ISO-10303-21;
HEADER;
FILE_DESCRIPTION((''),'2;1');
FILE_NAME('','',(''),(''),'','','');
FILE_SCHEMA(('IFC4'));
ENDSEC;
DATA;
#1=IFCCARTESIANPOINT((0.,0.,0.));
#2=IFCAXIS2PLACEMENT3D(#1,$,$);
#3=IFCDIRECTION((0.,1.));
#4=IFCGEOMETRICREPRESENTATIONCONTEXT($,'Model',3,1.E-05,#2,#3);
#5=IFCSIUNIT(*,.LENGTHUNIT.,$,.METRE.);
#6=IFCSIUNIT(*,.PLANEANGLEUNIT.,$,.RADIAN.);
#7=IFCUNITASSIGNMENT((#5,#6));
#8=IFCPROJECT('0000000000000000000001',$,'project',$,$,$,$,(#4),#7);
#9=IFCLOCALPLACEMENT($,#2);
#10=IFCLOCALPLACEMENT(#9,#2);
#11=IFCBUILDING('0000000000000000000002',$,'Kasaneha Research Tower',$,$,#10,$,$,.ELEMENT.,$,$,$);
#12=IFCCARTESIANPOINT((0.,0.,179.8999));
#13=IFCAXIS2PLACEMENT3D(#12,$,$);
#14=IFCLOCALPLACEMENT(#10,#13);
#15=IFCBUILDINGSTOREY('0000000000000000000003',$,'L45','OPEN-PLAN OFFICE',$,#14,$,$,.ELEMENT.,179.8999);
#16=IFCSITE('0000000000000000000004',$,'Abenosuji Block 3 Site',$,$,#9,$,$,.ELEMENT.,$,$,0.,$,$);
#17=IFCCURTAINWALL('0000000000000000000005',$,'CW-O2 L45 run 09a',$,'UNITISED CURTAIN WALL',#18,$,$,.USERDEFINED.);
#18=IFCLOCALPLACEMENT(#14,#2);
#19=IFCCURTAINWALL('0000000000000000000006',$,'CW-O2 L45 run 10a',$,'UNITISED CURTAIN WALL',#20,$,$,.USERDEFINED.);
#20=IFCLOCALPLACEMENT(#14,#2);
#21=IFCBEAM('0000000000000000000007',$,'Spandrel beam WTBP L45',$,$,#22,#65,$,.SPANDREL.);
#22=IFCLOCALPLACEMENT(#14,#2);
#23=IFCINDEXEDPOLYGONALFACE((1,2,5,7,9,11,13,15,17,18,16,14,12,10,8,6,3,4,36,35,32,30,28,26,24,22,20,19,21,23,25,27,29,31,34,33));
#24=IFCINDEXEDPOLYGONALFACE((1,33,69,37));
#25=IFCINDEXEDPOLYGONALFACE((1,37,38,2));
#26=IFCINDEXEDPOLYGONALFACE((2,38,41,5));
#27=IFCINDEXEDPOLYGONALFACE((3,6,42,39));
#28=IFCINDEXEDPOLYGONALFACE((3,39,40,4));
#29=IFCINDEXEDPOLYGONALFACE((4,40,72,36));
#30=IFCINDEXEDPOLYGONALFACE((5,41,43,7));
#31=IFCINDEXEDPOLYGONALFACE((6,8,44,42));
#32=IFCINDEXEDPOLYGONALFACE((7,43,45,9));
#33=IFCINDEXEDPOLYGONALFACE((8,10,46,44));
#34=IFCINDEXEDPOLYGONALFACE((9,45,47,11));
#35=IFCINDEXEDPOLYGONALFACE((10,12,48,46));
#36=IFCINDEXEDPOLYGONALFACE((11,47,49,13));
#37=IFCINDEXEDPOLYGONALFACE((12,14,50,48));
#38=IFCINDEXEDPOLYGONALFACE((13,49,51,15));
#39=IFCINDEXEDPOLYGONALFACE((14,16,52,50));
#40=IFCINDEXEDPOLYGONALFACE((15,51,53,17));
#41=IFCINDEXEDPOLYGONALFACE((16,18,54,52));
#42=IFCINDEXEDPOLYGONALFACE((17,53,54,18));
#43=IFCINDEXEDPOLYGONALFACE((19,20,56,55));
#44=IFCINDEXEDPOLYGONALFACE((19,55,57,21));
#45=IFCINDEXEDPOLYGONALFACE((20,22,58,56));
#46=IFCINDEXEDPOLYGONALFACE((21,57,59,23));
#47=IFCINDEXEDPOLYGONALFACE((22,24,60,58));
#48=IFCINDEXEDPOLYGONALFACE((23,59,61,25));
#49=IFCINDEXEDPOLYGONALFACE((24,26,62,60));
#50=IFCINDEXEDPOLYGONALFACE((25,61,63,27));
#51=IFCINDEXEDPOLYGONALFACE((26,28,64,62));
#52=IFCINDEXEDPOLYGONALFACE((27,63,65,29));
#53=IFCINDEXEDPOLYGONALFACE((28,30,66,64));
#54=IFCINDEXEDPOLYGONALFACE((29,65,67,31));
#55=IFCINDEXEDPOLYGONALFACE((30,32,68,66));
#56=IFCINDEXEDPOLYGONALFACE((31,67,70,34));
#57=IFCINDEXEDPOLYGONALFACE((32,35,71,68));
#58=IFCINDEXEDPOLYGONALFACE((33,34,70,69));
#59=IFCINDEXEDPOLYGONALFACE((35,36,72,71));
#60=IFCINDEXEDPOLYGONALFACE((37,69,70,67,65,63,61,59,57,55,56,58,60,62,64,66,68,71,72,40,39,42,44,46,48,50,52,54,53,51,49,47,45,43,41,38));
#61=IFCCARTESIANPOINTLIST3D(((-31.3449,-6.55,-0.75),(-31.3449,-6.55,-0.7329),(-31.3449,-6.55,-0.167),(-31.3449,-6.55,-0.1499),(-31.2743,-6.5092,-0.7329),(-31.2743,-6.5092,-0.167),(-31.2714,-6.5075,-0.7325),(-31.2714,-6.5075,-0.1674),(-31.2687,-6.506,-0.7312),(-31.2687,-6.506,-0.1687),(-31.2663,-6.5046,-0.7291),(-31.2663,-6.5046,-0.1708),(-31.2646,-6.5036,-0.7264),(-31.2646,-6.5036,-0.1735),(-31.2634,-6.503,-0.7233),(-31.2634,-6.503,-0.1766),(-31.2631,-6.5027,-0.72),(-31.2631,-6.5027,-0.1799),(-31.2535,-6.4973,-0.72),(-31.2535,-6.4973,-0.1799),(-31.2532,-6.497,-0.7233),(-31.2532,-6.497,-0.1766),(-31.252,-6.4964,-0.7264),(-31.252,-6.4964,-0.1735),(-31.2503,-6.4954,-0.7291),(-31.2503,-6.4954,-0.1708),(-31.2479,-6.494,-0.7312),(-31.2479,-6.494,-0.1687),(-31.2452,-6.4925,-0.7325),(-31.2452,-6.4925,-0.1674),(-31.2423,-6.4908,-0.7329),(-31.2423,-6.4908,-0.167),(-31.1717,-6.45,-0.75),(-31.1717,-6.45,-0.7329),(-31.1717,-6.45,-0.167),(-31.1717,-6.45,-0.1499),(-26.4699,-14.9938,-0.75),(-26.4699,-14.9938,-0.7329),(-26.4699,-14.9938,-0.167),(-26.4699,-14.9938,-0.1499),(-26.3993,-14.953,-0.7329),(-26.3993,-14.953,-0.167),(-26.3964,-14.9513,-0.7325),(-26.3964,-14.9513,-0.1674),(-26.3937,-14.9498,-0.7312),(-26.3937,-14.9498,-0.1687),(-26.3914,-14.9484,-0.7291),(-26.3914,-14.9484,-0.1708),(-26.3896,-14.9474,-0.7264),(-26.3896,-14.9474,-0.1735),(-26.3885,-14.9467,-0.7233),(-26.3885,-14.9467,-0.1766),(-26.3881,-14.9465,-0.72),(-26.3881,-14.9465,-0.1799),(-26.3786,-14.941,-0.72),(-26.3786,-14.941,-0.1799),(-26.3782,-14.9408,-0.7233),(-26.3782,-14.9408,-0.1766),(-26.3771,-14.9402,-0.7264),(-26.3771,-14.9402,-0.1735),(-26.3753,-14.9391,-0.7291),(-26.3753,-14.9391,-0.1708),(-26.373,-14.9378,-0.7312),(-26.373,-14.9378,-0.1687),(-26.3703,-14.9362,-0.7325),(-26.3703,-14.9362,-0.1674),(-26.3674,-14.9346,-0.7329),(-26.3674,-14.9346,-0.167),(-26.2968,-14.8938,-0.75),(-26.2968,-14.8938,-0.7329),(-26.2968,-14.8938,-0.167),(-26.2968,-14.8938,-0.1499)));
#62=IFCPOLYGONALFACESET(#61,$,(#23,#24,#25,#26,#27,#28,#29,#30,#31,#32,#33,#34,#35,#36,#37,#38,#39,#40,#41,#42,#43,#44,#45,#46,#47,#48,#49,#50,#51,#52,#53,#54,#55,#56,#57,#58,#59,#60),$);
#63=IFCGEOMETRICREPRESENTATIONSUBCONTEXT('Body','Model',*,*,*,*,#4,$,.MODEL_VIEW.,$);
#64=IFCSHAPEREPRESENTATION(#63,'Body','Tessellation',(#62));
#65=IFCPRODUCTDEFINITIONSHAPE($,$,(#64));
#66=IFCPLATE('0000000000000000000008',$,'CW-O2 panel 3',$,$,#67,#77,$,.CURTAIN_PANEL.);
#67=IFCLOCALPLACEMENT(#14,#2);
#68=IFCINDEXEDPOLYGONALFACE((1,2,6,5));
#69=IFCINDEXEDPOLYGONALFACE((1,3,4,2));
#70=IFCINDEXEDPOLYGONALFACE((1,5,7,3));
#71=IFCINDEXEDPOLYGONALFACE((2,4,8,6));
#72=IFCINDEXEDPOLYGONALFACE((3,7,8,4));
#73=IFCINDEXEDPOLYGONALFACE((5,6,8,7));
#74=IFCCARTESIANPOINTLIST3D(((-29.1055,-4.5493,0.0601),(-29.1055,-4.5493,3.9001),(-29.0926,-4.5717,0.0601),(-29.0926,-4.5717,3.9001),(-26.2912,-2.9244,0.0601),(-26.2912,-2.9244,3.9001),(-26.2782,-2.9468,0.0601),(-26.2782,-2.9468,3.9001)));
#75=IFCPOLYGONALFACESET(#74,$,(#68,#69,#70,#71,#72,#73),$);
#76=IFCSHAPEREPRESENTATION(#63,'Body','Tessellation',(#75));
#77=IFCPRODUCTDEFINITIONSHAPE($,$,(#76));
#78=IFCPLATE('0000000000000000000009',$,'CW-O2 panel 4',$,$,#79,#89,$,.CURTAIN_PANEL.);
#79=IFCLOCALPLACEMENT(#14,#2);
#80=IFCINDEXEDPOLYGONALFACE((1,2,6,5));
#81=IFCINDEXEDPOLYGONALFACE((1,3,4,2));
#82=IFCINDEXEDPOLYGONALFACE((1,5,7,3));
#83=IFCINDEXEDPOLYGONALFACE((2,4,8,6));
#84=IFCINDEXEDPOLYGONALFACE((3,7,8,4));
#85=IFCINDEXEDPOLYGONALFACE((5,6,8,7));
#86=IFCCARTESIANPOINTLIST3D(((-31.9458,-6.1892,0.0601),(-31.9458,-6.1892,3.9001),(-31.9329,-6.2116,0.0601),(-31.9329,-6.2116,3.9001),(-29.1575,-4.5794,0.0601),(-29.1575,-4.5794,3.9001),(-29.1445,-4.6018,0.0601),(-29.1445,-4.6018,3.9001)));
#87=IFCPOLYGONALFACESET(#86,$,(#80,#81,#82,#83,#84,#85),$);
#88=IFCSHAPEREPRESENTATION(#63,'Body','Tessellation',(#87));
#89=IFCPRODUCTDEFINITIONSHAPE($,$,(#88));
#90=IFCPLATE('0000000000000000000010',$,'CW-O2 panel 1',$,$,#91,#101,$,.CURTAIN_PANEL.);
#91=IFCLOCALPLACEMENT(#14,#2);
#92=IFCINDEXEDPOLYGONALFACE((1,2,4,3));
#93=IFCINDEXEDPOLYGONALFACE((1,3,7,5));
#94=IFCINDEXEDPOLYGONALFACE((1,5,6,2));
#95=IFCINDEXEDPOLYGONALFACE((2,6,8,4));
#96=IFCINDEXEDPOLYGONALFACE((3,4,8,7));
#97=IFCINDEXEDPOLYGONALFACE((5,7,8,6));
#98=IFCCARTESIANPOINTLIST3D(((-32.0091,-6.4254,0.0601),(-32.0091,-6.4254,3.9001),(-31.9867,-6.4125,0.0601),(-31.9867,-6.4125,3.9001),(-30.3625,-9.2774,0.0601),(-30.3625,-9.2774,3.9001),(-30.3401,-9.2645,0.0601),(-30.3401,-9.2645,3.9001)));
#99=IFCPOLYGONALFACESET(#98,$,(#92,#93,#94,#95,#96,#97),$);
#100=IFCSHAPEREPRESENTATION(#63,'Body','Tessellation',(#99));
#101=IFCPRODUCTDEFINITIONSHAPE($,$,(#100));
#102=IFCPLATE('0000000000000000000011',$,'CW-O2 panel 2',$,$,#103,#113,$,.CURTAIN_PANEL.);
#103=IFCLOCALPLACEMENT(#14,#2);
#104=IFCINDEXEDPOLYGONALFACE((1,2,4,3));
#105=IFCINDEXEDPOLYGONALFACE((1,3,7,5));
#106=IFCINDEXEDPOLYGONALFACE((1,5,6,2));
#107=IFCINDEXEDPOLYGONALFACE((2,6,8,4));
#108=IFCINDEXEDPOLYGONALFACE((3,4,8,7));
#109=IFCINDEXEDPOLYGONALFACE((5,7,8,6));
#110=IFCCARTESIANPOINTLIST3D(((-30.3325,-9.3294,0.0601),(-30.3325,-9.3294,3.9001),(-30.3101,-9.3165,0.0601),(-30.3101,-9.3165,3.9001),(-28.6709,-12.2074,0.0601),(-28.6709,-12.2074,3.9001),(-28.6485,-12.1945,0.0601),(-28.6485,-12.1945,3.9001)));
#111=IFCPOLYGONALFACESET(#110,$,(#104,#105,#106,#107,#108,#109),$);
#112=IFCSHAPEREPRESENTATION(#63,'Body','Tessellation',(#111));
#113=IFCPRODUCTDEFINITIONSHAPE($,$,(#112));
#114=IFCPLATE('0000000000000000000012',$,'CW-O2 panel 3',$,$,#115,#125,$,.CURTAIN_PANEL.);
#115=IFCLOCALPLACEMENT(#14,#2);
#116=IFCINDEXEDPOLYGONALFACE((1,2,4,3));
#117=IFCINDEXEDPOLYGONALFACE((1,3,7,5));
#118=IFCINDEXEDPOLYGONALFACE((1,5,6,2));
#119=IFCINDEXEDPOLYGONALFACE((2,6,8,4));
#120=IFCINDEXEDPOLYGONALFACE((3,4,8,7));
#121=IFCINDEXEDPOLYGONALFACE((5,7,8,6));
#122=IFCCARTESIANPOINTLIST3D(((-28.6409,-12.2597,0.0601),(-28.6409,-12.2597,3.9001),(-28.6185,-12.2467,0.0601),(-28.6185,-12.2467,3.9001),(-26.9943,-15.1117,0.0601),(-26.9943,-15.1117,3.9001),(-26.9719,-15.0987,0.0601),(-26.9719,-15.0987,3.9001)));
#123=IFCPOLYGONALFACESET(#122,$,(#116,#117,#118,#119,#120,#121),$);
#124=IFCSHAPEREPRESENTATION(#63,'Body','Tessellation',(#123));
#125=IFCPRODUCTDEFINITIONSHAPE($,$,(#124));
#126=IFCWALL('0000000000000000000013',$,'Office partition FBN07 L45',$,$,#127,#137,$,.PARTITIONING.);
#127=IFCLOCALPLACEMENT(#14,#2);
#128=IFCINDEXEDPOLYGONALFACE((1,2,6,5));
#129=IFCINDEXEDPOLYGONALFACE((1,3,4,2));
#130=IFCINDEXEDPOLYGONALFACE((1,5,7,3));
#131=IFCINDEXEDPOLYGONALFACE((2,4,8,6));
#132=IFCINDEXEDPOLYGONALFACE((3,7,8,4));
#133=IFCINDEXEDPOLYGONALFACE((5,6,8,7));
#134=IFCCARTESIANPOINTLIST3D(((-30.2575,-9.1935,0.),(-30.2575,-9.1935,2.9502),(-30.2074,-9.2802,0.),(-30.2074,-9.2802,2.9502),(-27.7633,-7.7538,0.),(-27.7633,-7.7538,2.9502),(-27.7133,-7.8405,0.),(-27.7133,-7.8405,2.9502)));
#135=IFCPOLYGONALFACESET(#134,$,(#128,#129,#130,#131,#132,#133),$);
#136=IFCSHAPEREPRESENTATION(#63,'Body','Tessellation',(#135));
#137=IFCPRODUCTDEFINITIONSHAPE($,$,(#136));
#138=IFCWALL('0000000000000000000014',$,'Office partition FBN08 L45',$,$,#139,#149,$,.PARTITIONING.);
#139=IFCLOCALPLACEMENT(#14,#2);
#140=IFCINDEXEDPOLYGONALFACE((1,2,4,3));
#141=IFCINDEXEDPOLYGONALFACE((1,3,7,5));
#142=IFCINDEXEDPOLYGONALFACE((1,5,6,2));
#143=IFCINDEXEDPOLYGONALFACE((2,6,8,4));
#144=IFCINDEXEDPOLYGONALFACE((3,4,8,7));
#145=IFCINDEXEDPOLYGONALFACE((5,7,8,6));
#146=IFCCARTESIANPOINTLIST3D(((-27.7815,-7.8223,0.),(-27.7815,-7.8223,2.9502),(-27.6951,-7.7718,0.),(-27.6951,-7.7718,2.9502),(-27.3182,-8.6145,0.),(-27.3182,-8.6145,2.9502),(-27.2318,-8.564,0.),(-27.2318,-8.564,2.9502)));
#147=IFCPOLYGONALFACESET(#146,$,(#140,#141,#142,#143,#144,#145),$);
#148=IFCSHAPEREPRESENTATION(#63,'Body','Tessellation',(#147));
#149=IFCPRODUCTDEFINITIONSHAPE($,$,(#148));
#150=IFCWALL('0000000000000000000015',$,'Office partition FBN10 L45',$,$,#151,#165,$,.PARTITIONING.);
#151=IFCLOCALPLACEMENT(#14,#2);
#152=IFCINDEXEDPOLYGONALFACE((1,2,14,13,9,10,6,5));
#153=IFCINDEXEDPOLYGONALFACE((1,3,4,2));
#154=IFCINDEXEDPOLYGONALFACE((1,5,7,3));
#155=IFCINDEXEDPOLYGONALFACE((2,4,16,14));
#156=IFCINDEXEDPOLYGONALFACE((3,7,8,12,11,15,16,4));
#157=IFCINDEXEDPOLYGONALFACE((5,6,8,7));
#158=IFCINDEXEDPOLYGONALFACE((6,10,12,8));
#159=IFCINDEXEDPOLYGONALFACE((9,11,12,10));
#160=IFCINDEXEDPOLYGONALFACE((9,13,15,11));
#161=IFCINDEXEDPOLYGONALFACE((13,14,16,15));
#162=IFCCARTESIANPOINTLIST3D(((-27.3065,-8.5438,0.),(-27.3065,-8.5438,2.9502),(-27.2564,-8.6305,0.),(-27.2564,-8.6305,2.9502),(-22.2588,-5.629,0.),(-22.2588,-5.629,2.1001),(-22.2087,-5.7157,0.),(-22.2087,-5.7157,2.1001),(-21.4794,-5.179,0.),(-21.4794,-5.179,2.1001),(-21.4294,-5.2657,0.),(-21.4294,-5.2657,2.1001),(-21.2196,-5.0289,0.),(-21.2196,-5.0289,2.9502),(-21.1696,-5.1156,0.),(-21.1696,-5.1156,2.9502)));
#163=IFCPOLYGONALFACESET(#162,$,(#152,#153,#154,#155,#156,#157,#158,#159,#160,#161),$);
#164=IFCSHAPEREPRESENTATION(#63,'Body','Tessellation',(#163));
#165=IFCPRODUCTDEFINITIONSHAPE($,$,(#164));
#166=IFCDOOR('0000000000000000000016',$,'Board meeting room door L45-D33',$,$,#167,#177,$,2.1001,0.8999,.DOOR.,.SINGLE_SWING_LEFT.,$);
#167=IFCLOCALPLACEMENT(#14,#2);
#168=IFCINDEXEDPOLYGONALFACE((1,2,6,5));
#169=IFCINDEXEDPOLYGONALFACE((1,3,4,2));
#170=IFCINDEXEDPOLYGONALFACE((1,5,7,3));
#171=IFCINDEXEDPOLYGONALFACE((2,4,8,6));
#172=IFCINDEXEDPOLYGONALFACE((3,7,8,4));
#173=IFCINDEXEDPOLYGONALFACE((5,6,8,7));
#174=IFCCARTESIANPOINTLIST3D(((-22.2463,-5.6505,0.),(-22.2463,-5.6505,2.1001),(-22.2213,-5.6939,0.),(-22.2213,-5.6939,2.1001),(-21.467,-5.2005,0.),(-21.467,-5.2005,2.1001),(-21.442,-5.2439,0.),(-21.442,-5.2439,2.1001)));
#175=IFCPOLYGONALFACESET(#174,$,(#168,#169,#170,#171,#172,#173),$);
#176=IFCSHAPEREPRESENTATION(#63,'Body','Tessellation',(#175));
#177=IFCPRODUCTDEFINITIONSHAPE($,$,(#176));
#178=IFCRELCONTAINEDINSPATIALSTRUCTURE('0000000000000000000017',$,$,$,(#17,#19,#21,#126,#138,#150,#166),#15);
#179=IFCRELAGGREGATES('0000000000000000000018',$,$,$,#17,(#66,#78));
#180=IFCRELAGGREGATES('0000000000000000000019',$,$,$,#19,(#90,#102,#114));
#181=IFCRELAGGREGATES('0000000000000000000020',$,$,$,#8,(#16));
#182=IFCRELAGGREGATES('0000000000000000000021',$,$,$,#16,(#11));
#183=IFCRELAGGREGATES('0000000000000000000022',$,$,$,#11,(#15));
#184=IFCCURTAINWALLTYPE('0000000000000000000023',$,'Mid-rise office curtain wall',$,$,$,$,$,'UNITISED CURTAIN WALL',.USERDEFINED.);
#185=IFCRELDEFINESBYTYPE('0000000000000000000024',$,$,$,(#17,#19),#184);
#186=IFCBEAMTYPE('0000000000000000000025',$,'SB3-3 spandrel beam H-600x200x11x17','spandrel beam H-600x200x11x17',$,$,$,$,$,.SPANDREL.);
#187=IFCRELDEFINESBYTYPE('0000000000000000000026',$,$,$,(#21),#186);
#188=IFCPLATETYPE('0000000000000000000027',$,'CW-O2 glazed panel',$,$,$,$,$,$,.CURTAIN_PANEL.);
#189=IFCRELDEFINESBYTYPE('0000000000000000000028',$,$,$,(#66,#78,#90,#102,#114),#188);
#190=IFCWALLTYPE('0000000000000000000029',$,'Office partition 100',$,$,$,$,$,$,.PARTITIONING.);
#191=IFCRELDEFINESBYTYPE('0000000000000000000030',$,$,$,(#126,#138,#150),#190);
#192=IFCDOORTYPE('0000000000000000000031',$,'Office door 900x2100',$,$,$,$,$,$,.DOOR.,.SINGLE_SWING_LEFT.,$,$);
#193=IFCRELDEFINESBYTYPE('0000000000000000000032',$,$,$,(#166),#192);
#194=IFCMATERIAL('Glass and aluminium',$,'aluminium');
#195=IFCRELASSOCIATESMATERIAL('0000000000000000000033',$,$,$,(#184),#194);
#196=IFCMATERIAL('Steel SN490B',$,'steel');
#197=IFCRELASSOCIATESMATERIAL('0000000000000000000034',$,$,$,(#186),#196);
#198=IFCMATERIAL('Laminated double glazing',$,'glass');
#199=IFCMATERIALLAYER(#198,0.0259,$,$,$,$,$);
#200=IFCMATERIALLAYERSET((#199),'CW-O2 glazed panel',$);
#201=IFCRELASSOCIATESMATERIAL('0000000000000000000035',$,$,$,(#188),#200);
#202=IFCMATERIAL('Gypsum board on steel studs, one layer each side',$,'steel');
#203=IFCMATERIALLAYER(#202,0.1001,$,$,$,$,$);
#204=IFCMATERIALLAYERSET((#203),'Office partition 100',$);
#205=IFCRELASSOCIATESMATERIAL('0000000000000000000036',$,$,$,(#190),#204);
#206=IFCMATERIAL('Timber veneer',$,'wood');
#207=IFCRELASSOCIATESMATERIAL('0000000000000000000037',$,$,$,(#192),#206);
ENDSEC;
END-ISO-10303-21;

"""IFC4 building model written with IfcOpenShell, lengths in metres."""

from ifc_helpers import new_model, si_unit, direction, frame, frame_2d, origin, origin_2d, place, context, subcontext, project, spatial, rectangle, i_section, extrude, material, layer, layer_set, material_profile, profile_set, type_object, element, fill, aggregate, save


model = new_model("IFC4")

# Units and contexts
model_context = context("Model", 3, precision=1e-05, world=origin(), true_north=direction((0.0, 1.0)))
body_context = subcontext(model_context, "Body", "Model", "MODEL_VIEW")
ifc_project = project(units=[si_unit("LENGTHUNIT", "METRE"), si_unit("PLANEANGLEUNIT", "RADIAN")], contexts=[model_context])

# Site, building, storey
site_placement = place(None, origin())
site = spatial("IfcSite", under=ifc_project, at=site_placement, Name="Abenosuji Block 3 Site", CompositionType="ELEMENT", RefElevation=0.0)
building_placement = place(site_placement, origin())
building = spatial("IfcBuilding", under=site, at=building_placement, Name="Kasaneha Research Tower", CompositionType="ELEMENT")
storey_placement = place(building_placement, frame((0.0, 0.0, 179.8999)))
storey = spatial("IfcBuildingStorey", under=building, at=storey_placement, Name="L45", Description="OPEN-PLAN OFFICE", CompositionType="ELEMENT", Elevation=179.8999)

# Curtain walls
ifc_material_1 = material(Name="Glass and aluminium", Category="aluminium")
curtain_wall_type = type_object("IfcCurtainWallType", Name="Mid-rise office curtain wall", ElementType="UNITISED CURTAIN WALL", PredefinedType="USERDEFINED", material=ifc_material_1)
curtain_wall_1_placement = place(storey_placement, origin())
curtain_wall_1 = element("IfcCurtainWall", 1, at=curtain_wall_1_placement, inside=storey, type_object=curtain_wall_type, Name="CW-O2 L45 run 09a", ObjectType="UNITISED CURTAIN WALL", PredefinedType="USERDEFINED")
curtain_wall_2_placement = place(storey_placement, origin())
curtain_wall_2 = element("IfcCurtainWall", 2, at=curtain_wall_2_placement, inside=storey, type_object=curtain_wall_type, Name="CW-O2 L45 run 10a", ObjectType="UNITISED CURTAIN WALL", PredefinedType="USERDEFINED")

# Beam
ifc_material_2 = material(Name="Steel SN490B", Category="steel")
ifc_material_profile_1 = material_profile(ifc_material_2, i_section(OverallWidth=0.2, OverallDepth=0.6001, WebThickness=0.011, FlangeThickness=0.0171, FilletRadius=0.0129, at=origin_2d()), Name="H-600x200x11x17")
ifc_profile_set_1 = profile_set([ifc_material_profile_1], Name="Steel SN490B")
beam_type_1 = type_object("IfcBeamType", Name="SB3-3 spandrel beam H-600x200x11x17", Description="spandrel beam H-600x200x11x17", PredefinedType="SPANDREL", material=ifc_profile_set_1)
beam_1_placement = place(storey_placement, frame((-31.2583, -6.5, -0.45), z_axis=(0.499996, -0.866028, 0.0), x_axis=(0.866028, 0.499996, 0.0)))
element("IfcBeam", 3, at=beam_1_placement, inside=storey, type_object=beam_type_1, Name="Spandrel beam WTBP L45", PredefinedType="SPANDREL", context=body_context, shape_type="SweptSolid", body=[
    extrude(i_section(OverallWidth=0.2, OverallDepth=0.6001, WebThickness=0.011, FlangeThickness=0.0171, FilletRadius=0.0129, at=origin_2d()), origin(), (0.0, 0.0, 1.0), 9.75),
])

# Plates
ifc_material_3 = material(Name="Laminated double glazing", Category="glass")
ifc_layer_1 = layer(ifc_material_3, 0.0259)
ifc_layer_set_1 = layer_set([ifc_layer_1], Name="CW-O2 glazed panel")
plate_type = type_object("IfcPlateType", Name="CW-O2 glazed panel", PredefinedType="CURTAIN_PANEL", material=ifc_layer_set_1)
plate_1_placement = place(storey_placement, frame((-27.6919, -3.748, 0.0601), z_axis=(0.0, 0.0, 1.0), x_axis=(-0.866025, -0.5, 0.0)))
plate_1 = element("IfcPlate", 4, at=plate_1_placement, type_object=plate_type, Name="CW-O2 panel 3", PredefinedType="CURTAIN_PANEL", context=body_context, shape_type="SweptSolid", body=[
    extrude(rectangle(XDim=3.2498, YDim=0.0259, at=origin_2d()), origin(), (0.0, 0.0, 1.0), 3.8401),
])
plate_2_placement = place(storey_placement, frame((-30.5452, -5.3955, 0.0601), z_axis=(0.0, 0.0, 1.0), x_axis=(-0.866025, -0.5, 0.0)))
plate_2 = element("IfcPlate", 5, at=plate_2_placement, type_object=plate_type, Name="CW-O2 panel 4", PredefinedType="CURTAIN_PANEL", context=body_context, shape_type="SweptSolid", body=[
    extrude(rectangle(XDim=3.2197, YDim=0.0259, at=origin_2d()), origin(), (0.0, 0.0, 1.0), 3.8401),
])
aggregate(curtain_wall_1, [plate_1, plate_2])
plate_3_placement = place(storey_placement, frame((-31.1746, -7.845, 0.0601), z_axis=(0.0, 0.0, 1.0), x_axis=(0.5, -0.866025, 0.0)))
plate_3 = element("IfcPlate", 6, at=plate_3_placement, type_object=plate_type, Name="CW-O2 panel 1", PredefinedType="CURTAIN_PANEL", context=body_context, shape_type="SweptSolid", body=[
    extrude(rectangle(XDim=3.2932, YDim=0.0259, at=origin_2d()), origin(), (0.0, 0.0, 1.0), 3.8401),
])
plate_4_placement = place(storey_placement, frame((-29.4905, -10.762, 0.0601), z_axis=(0.0, 0.0, 1.0), x_axis=(0.5, -0.866025, 0.0)))
plate_4 = element("IfcPlate", 7, at=plate_4_placement, type_object=plate_type, Name="CW-O2 panel 2", PredefinedType="CURTAIN_PANEL", context=body_context, shape_type="SweptSolid", body=[
    extrude(rectangle(XDim=3.3232, YDim=0.0259, at=origin_2d()), origin(), (0.0, 0.0, 1.0), 3.8401),
])
plate_5_placement = place(storey_placement, frame((-27.8064, -13.6792, 0.0601), z_axis=(0.0, 0.0, 1.0), x_axis=(0.5, -0.866025, 0.0)))
plate_5 = element("IfcPlate", 8, at=plate_5_placement, type_object=plate_type, Name="CW-O2 panel 3", PredefinedType="CURTAIN_PANEL", context=body_context, shape_type="SweptSolid", body=[
    extrude(rectangle(XDim=3.2932, YDim=0.0259, at=origin_2d()), origin(), (0.0, 0.0, 1.0), 3.8401),
])
aggregate(curtain_wall_2, [plate_3, plate_4, plate_5])

# Walls
ifc_material_4 = material(Name="Gypsum board on steel studs, one layer each side", Category="steel")
ifc_layer_2 = layer(ifc_material_4, 0.1001)
ifc_layer_set_2 = layer_set([ifc_layer_2], Name="Office partition 100")
wall_type_1 = type_object("IfcWallType", Name="Office partition 100", PredefinedType="PARTITIONING", material=ifc_layer_set_2)
wall_1_placement = place(storey_placement, frame((-27.7383, -7.7971, 0.0), z_axis=(0.0, 0.0, 1.0), x_axis=(-0.86607, -0.499923, 0.0)))
element("IfcWall", 9, at=wall_1_placement, inside=storey, type_object=wall_type_1, Name="Office partition FBN07 L45", PredefinedType="PARTITIONING", context=body_context, shape_type="SweptSolid", body=[
    extrude(rectangle(XDim=2.8799, YDim=0.1001, at=frame_2d((1.4399, 0.0))), origin(), (0.0, 0.0, 1.0), 2.9502),
])
wall_2_placement = place(storey_placement, frame((-27.2749, -8.5894, 0.0), z_axis=(0.0, 0.0, 1.0), x_axis=(-0.50488, 0.86319, 0.0)))
element("IfcWall", 10, at=wall_2_placement, inside=storey, type_object=wall_type_1, Name="Office partition FBN08 L45", PredefinedType="PARTITIONING", context=body_context, shape_type="SweptSolid", body=[
    extrude(rectangle(XDim=0.9177, YDim=0.1001, at=frame_2d((0.459, 0.0))), origin(), (0.0, 0.0, 1.0), 2.9502),
])

# Wall, opening, door
wall_3_placement = place(storey_placement, frame((-21.1946, -5.0723, 0.0), z_axis=(0.0, 0.0, 1.0), x_axis=(-0.865988, -0.500065, 0.0)))
wall_3 = element("IfcWall", 11, at=wall_3_placement, inside=storey, type_object=wall_type_1, Name="Office partition FBN10 L45", PredefinedType="PARTITIONING", context=body_context, shape_type="SweptSolid", body=[
    extrude(rectangle(XDim=7.0288, YDim=0.1001, at=frame_2d((3.5144, 0.0))), origin(), (0.0, 0.0, 1.0), 2.9502),
])
opening_1_placement = place(wall_3_placement, frame((0.3, 0.0, 0.0)))
opening_1 = element("IfcOpeningElement", 12, at=opening_1_placement, cuts=wall_3, PredefinedType="OPENING", context=body_context, shape_type="SweptSolid", body=[
    extrude(rectangle(XDim=0.8999, YDim=2.1001, at=frame_2d((0.45, 1.05))), frame((0.0, 0.0601, 0.0), z_axis=(0.0, -1.0, 0.0), x_axis=(1.0, 0.0, 0.0)), (0.0, 0.0, 1.0), 0.1201),
])
ifc_material_5 = material(Name="Timber veneer", Category="wood")
door_type_1 = type_object("IfcDoorType", Name="Office door 900x2100", OperationType="SINGLE_SWING_LEFT", PredefinedType="DOOR", material=ifc_material_5)
door_1_placement = place(opening_1_placement, origin())
door_1 = element("IfcDoor", 13, at=door_1_placement, inside=storey, type_object=door_type_1, Name="Board meeting room door L45-D33", OperationType="SINGLE_SWING_LEFT", OverallHeight=2.1001, OverallWidth=0.8999, PredefinedType="DOOR", context=body_context, shape_type="SweptSolid", body=[
    extrude(rectangle(XDim=0.8999, YDim=2.1001, at=frame_2d((0.45, 1.05))), frame((0.0, 0.0249, 0.0), z_axis=(0.0, -1.0, 0.0), x_axis=(1.0, 0.0, 0.0)), (0.0, 0.0, 1.0), 0.05),
])
fill(opening_1, door_1)

save(model, "model.ifc")
